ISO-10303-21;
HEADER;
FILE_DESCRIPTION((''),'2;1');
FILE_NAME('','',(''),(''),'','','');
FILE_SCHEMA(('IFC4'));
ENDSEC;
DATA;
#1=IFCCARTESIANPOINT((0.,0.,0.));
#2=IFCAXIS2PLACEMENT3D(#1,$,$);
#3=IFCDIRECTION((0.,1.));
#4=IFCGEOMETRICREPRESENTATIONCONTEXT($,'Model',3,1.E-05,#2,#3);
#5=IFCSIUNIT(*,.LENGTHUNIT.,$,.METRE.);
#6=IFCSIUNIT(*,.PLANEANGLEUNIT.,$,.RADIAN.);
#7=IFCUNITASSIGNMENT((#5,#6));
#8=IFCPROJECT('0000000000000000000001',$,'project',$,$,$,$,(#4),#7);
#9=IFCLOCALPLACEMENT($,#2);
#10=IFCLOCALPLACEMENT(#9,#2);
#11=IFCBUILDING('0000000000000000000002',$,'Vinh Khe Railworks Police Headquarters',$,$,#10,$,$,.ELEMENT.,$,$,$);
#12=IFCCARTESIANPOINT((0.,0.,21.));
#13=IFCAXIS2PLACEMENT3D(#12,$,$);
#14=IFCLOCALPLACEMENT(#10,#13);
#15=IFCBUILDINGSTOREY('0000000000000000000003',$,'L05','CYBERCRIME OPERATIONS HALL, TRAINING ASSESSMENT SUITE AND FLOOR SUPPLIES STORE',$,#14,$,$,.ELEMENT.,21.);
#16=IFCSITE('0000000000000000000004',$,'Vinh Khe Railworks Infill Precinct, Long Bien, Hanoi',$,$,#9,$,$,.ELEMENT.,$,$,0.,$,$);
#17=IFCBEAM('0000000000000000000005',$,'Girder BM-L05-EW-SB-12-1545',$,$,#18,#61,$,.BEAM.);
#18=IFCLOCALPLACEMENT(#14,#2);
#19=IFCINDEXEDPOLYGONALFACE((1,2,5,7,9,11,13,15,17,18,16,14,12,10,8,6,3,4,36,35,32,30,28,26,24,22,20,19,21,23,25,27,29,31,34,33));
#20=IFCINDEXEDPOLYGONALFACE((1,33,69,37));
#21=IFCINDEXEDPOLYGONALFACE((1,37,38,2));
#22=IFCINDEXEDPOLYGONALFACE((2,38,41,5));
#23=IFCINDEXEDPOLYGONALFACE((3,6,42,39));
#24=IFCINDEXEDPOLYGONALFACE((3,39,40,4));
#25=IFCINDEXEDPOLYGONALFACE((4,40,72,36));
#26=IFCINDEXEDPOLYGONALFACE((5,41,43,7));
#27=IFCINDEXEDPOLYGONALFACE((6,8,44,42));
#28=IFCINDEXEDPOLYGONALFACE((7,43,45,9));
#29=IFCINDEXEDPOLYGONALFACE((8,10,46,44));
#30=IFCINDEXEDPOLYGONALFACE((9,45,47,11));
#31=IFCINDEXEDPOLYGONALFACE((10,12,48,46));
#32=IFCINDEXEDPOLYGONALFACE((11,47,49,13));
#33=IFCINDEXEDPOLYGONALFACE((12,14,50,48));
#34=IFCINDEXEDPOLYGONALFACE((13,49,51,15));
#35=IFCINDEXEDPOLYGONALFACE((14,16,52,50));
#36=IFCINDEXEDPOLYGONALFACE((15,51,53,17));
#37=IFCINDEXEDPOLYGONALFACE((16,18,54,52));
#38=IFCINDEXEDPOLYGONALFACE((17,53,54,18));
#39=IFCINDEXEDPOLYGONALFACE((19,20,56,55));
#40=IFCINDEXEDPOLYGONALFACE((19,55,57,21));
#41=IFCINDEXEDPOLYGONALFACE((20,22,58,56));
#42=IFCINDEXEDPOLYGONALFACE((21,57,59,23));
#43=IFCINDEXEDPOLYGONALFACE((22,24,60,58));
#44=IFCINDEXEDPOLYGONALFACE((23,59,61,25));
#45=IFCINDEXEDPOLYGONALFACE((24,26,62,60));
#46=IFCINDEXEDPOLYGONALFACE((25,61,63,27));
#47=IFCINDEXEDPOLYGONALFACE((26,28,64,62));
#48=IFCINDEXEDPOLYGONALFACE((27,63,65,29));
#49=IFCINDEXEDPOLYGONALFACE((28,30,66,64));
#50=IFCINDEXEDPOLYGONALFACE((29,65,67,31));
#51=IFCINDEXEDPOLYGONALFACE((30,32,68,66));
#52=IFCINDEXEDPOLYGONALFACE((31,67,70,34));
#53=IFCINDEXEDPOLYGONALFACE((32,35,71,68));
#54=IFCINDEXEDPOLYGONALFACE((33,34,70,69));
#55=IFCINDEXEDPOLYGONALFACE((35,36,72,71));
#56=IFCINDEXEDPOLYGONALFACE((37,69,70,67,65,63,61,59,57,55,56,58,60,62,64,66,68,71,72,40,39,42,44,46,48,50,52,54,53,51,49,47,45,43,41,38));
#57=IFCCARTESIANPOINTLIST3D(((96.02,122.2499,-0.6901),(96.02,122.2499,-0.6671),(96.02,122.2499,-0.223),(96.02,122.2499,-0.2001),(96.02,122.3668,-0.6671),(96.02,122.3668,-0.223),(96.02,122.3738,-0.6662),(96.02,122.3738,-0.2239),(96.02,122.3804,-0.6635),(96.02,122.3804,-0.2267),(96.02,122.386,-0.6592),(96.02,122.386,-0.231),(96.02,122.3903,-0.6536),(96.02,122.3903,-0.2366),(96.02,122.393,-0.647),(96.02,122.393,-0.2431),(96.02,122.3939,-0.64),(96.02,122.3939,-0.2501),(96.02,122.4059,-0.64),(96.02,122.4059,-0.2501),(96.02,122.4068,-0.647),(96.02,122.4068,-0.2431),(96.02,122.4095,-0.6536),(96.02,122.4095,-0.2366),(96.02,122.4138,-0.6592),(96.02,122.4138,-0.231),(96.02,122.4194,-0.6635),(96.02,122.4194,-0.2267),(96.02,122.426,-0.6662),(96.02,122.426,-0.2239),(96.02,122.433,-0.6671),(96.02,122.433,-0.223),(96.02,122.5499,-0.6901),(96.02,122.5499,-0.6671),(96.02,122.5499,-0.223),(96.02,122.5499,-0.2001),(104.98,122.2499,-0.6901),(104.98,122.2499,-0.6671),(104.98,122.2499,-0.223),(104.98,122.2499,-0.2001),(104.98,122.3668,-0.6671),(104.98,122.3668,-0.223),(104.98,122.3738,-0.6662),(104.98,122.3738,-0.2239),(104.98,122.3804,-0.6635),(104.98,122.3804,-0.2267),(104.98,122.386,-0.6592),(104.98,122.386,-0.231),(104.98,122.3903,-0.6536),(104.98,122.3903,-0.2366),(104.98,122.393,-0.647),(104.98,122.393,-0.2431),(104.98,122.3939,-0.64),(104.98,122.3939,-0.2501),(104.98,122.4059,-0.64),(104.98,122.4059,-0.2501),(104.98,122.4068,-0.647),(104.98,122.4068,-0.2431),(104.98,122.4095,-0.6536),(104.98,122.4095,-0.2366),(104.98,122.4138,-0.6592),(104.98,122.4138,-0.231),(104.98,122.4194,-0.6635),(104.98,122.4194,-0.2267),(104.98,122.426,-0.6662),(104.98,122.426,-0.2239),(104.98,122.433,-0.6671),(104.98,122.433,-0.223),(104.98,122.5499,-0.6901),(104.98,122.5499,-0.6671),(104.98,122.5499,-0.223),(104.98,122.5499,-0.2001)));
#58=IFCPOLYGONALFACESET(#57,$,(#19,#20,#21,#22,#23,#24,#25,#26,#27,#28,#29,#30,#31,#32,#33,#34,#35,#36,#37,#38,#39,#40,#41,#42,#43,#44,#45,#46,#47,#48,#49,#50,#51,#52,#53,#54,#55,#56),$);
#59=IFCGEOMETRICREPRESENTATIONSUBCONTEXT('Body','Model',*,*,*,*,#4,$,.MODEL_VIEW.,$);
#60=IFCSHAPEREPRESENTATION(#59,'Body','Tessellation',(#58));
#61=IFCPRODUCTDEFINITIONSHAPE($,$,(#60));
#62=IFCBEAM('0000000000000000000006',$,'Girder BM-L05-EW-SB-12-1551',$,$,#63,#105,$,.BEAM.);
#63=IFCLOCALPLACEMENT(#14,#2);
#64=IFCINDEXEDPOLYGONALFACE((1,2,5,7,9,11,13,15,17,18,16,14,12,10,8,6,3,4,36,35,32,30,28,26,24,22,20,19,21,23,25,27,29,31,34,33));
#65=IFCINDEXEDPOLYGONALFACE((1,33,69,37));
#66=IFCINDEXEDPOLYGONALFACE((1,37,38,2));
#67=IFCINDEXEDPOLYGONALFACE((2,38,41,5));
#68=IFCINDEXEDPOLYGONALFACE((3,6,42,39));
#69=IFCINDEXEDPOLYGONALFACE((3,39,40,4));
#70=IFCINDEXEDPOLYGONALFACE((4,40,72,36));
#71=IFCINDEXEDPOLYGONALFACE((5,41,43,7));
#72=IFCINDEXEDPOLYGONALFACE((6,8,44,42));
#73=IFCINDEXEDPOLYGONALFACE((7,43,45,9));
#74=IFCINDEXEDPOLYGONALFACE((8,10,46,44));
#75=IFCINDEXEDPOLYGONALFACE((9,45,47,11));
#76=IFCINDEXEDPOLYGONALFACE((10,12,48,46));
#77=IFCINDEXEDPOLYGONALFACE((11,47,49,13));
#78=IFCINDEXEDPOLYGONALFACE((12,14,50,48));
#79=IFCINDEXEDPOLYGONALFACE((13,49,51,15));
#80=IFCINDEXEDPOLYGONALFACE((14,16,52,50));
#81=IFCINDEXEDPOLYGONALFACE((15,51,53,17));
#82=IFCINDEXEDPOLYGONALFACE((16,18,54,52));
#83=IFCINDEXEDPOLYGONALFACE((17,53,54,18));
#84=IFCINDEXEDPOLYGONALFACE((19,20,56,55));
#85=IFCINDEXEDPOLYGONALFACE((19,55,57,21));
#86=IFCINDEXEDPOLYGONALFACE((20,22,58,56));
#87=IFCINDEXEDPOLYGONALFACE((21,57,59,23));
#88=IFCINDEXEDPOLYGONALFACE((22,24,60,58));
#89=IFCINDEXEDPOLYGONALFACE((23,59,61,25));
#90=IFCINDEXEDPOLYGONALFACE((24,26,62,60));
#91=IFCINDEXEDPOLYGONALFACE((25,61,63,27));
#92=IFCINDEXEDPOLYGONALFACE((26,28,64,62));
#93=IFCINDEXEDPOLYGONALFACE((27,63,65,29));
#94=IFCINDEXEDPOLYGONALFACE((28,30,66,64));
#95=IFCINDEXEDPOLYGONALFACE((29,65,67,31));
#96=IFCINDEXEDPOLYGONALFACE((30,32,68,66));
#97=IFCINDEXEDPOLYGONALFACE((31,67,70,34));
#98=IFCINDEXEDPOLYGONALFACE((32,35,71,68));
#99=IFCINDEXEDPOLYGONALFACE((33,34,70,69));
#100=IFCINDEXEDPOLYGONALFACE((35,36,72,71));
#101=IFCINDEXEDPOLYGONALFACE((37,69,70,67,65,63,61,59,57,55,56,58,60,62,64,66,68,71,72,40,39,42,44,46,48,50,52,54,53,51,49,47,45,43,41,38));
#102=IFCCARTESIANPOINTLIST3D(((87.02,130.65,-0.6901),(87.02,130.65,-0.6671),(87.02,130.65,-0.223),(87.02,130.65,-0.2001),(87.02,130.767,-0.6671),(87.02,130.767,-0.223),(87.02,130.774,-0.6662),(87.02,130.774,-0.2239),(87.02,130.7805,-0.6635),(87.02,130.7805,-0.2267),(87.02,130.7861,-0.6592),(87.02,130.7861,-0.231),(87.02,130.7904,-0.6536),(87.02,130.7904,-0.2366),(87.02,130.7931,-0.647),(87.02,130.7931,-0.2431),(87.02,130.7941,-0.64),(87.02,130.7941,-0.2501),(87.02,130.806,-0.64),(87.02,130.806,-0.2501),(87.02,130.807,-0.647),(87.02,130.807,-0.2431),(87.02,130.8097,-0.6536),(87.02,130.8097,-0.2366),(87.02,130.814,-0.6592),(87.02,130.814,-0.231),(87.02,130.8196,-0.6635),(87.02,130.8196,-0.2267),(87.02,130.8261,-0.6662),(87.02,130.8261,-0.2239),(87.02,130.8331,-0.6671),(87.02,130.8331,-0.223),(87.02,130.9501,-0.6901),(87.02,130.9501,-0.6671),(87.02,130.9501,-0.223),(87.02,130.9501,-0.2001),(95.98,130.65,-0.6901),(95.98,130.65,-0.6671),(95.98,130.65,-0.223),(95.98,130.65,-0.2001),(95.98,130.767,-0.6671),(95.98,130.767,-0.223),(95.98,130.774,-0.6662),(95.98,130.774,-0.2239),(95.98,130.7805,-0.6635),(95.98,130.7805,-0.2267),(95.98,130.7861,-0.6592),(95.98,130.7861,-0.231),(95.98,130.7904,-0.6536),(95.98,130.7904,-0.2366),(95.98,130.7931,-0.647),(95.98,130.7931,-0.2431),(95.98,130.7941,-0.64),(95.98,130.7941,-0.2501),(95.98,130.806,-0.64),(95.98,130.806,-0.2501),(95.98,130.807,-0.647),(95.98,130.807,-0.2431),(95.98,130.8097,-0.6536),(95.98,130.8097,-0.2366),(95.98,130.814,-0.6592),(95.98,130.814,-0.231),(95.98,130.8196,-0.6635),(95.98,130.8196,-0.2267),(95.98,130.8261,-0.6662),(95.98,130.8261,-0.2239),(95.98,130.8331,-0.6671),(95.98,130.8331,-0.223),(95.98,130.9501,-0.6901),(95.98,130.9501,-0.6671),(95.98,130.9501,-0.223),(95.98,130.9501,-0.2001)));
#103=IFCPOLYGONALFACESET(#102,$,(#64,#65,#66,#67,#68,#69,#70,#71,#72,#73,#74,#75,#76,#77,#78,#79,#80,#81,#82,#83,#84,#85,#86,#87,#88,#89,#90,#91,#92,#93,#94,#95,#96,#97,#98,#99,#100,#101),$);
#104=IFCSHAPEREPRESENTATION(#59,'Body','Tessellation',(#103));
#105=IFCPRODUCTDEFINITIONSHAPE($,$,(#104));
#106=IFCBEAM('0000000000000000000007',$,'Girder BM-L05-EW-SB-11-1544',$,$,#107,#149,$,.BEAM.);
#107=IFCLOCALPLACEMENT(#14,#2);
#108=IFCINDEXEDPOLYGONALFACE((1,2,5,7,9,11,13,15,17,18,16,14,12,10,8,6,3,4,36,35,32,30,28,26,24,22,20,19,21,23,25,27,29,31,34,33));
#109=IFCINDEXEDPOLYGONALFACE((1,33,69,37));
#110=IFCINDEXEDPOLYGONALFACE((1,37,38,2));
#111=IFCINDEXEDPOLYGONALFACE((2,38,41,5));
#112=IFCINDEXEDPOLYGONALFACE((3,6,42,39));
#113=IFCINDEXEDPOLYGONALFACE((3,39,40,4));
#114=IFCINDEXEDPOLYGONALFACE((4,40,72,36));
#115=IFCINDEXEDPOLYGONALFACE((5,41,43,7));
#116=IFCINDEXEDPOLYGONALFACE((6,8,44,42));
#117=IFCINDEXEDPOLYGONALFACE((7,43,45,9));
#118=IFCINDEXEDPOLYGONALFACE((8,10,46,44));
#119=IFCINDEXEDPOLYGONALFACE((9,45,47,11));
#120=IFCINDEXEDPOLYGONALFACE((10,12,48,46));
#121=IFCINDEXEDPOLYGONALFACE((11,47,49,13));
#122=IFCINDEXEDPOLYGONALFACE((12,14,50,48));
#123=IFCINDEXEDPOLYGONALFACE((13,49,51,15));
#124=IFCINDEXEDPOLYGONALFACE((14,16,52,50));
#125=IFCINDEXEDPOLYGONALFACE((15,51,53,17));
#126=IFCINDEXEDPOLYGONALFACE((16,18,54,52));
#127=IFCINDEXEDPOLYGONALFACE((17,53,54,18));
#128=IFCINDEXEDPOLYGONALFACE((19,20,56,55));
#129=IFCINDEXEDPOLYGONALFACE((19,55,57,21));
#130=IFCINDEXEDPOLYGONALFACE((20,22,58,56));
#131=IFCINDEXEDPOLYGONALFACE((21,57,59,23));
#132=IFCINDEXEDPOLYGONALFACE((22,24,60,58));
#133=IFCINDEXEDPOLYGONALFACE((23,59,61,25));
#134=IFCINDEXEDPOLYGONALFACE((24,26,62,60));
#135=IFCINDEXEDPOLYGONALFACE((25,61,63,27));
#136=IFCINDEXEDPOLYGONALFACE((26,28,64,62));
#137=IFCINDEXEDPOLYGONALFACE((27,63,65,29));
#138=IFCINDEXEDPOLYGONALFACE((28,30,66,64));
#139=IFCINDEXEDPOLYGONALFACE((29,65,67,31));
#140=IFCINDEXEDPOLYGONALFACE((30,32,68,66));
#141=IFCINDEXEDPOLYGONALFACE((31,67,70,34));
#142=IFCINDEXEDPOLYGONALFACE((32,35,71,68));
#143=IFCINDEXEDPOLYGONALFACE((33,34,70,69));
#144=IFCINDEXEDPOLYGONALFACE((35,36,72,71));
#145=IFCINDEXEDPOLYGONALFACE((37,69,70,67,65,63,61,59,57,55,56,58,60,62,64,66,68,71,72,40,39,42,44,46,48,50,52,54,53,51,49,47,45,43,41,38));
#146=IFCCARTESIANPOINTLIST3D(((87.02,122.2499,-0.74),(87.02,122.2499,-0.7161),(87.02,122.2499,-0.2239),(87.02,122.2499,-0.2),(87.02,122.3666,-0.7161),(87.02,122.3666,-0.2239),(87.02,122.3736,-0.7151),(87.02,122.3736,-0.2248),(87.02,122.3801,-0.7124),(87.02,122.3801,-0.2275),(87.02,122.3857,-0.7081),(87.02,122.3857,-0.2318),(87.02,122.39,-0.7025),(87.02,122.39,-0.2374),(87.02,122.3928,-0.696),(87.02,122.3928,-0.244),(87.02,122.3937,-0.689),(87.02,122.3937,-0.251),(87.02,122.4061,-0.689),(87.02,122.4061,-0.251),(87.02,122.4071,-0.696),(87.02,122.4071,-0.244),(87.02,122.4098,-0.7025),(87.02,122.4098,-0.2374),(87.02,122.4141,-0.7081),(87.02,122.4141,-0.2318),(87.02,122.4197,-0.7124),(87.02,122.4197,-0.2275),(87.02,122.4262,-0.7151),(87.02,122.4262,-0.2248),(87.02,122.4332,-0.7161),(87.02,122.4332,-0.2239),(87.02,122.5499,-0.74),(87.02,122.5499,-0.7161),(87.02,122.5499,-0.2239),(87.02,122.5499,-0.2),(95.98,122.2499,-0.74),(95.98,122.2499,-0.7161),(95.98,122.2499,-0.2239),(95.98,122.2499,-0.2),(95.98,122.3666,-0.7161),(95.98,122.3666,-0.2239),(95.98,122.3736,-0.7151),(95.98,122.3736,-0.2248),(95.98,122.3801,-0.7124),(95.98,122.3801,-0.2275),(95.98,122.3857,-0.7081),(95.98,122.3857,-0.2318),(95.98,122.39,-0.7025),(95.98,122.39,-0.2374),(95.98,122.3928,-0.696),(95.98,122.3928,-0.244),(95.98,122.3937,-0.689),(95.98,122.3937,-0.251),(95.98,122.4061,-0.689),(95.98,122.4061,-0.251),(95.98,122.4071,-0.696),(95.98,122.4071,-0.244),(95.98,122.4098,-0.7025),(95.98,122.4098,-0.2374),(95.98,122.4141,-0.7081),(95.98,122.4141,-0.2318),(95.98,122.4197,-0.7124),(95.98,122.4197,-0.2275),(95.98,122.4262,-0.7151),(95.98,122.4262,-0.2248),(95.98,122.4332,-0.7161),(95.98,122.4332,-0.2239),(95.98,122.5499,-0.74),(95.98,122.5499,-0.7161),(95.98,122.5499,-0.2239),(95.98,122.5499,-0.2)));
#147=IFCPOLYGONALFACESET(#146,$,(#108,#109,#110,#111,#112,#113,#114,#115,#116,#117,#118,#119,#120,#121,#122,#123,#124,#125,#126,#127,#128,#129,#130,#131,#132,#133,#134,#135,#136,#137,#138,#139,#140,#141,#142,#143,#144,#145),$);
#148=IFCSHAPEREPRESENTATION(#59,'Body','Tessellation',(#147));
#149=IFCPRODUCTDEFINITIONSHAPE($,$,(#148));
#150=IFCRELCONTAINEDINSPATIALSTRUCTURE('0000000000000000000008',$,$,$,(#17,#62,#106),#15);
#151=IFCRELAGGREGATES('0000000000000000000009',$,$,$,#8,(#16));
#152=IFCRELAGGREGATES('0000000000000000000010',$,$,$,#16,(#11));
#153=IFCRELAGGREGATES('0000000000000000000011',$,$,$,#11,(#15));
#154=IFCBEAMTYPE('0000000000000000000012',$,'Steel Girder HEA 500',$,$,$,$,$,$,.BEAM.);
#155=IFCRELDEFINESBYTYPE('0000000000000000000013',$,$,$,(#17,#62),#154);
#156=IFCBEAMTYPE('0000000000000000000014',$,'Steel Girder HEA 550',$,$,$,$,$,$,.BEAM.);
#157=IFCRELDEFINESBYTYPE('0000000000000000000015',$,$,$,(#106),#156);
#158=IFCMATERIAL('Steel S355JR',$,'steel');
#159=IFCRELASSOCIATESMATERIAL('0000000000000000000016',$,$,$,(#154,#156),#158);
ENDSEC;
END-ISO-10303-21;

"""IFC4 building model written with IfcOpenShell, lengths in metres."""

from ifc_helpers import new_model, si_unit, direction, frame, origin, origin_2d, place, context, subcontext, project, spatial, i_section, extrude, material, material_profile, profile_set, type_object, element, save


model = new_model("IFC4")

# Units and contexts
model_context = context("Model", 3, precision=1e-05, world=origin(), true_north=direction((0.0, 1.0)))
body_context = subcontext(model_context, "Body", "Model", "MODEL_VIEW")
ifc_project = project(units=[si_unit("LENGTHUNIT", "METRE"), si_unit("PLANEANGLEUNIT", "RADIAN")], contexts=[model_context])

# Site, building, storey
site_placement = place(None, origin())
site = spatial("IfcSite", under=ifc_project, at=site_placement, Name="Vinh Khe Railworks Infill Precinct, Long Bien, Hanoi", CompositionType="ELEMENT", RefElevation=0.0)
building_placement = place(site_placement, origin())
building = spatial("IfcBuilding", under=site, at=building_placement, Name="Vinh Khe Railworks Police Headquarters", CompositionType="ELEMENT")
storey_placement = place(building_placement, frame((0.0, 0.0, 21.0)))
storey = spatial("IfcBuildingStorey", under=building, at=storey_placement, Name="L05", Description="CYBERCRIME OPERATIONS HALL, TRAINING ASSESSMENT SUITE AND FLOOR SUPPLIES STORE", CompositionType="ELEMENT", Elevation=21.0)

# Shared definitions
ifc_material_1 = material(Name="Steel S355JR", Category="steel")

# Beams
ifc_material_profile_1 = material_profile(ifc_material_1, i_section(OverallWidth=0.3, OverallDepth=0.49, WebThickness=0.012, FlangeThickness=0.0229, FilletRadius=0.0271, at=origin_2d()), Name="HEA 500")
ifc_profile_set_1 = profile_set([ifc_material_profile_1], Name="Steel S355JR")
beam_type_1 = type_object("IfcBeamType", Name="Steel Girder HEA 500", PredefinedType="BEAM", material=ifc_profile_set_1)
for number, where, z_axis, x_axis, name in (
    (1, (96.02, 122.3999, -0.4451), (1.0, 0.0, 0.0), (0.0, 1.0, 0.0), "Girder BM-L05-EW-SB-12-1545"),
    (2, (87.02, 130.8, -0.4451), (1.0, 0.0, 0.0), (0.0, 1.0, 0.0), "Girder BM-L05-EW-SB-12-1551"),
):
    element("IfcBeam", number, at=place(storey_placement, frame(where, z_axis=z_axis, x_axis=x_axis)), inside=storey, type_object=beam_type_1, Name=name, PredefinedType="BEAM", context=body_context, shape_type="SweptSolid", body=[
        extrude(i_section(OverallWidth=0.3, OverallDepth=0.49, WebThickness=0.012, FlangeThickness=0.0229, FilletRadius=0.0271, at=origin_2d()), origin(), (0.0, 0.0, 1.0), 8.96),
    ])
ifc_material_profile_2 = material_profile(ifc_material_1, i_section(OverallWidth=0.3, OverallDepth=0.54, WebThickness=0.0125, FlangeThickness=0.0239, FilletRadius=0.0271, at=origin_2d()), Name="HEA 550")
ifc_profile_set_2 = profile_set([ifc_material_profile_2], Name="Steel S355JR")
beam_type_2 = type_object("IfcBeamType", Name="Steel Girder HEA 550", PredefinedType="BEAM", material=ifc_profile_set_2)
beam_1_placement = place(storey_placement, frame((87.02, 122.3999, -0.47), z_axis=(1.0, 0.0, 0.0), x_axis=(0.0, 1.0, 0.0)))
element("IfcBeam", 3, at=beam_1_placement, inside=storey, type_object=beam_type_2, Name="Girder BM-L05-EW-SB-11-1544", PredefinedType="BEAM", context=body_context, shape_type="SweptSolid", body=[
    extrude(i_section(OverallWidth=0.3, OverallDepth=0.54, WebThickness=0.0125, FlangeThickness=0.0239, FilletRadius=0.0271, at=origin_2d()), origin(), (0.0, 0.0, 1.0), 8.96),
])

save(model, "model.ifc")
